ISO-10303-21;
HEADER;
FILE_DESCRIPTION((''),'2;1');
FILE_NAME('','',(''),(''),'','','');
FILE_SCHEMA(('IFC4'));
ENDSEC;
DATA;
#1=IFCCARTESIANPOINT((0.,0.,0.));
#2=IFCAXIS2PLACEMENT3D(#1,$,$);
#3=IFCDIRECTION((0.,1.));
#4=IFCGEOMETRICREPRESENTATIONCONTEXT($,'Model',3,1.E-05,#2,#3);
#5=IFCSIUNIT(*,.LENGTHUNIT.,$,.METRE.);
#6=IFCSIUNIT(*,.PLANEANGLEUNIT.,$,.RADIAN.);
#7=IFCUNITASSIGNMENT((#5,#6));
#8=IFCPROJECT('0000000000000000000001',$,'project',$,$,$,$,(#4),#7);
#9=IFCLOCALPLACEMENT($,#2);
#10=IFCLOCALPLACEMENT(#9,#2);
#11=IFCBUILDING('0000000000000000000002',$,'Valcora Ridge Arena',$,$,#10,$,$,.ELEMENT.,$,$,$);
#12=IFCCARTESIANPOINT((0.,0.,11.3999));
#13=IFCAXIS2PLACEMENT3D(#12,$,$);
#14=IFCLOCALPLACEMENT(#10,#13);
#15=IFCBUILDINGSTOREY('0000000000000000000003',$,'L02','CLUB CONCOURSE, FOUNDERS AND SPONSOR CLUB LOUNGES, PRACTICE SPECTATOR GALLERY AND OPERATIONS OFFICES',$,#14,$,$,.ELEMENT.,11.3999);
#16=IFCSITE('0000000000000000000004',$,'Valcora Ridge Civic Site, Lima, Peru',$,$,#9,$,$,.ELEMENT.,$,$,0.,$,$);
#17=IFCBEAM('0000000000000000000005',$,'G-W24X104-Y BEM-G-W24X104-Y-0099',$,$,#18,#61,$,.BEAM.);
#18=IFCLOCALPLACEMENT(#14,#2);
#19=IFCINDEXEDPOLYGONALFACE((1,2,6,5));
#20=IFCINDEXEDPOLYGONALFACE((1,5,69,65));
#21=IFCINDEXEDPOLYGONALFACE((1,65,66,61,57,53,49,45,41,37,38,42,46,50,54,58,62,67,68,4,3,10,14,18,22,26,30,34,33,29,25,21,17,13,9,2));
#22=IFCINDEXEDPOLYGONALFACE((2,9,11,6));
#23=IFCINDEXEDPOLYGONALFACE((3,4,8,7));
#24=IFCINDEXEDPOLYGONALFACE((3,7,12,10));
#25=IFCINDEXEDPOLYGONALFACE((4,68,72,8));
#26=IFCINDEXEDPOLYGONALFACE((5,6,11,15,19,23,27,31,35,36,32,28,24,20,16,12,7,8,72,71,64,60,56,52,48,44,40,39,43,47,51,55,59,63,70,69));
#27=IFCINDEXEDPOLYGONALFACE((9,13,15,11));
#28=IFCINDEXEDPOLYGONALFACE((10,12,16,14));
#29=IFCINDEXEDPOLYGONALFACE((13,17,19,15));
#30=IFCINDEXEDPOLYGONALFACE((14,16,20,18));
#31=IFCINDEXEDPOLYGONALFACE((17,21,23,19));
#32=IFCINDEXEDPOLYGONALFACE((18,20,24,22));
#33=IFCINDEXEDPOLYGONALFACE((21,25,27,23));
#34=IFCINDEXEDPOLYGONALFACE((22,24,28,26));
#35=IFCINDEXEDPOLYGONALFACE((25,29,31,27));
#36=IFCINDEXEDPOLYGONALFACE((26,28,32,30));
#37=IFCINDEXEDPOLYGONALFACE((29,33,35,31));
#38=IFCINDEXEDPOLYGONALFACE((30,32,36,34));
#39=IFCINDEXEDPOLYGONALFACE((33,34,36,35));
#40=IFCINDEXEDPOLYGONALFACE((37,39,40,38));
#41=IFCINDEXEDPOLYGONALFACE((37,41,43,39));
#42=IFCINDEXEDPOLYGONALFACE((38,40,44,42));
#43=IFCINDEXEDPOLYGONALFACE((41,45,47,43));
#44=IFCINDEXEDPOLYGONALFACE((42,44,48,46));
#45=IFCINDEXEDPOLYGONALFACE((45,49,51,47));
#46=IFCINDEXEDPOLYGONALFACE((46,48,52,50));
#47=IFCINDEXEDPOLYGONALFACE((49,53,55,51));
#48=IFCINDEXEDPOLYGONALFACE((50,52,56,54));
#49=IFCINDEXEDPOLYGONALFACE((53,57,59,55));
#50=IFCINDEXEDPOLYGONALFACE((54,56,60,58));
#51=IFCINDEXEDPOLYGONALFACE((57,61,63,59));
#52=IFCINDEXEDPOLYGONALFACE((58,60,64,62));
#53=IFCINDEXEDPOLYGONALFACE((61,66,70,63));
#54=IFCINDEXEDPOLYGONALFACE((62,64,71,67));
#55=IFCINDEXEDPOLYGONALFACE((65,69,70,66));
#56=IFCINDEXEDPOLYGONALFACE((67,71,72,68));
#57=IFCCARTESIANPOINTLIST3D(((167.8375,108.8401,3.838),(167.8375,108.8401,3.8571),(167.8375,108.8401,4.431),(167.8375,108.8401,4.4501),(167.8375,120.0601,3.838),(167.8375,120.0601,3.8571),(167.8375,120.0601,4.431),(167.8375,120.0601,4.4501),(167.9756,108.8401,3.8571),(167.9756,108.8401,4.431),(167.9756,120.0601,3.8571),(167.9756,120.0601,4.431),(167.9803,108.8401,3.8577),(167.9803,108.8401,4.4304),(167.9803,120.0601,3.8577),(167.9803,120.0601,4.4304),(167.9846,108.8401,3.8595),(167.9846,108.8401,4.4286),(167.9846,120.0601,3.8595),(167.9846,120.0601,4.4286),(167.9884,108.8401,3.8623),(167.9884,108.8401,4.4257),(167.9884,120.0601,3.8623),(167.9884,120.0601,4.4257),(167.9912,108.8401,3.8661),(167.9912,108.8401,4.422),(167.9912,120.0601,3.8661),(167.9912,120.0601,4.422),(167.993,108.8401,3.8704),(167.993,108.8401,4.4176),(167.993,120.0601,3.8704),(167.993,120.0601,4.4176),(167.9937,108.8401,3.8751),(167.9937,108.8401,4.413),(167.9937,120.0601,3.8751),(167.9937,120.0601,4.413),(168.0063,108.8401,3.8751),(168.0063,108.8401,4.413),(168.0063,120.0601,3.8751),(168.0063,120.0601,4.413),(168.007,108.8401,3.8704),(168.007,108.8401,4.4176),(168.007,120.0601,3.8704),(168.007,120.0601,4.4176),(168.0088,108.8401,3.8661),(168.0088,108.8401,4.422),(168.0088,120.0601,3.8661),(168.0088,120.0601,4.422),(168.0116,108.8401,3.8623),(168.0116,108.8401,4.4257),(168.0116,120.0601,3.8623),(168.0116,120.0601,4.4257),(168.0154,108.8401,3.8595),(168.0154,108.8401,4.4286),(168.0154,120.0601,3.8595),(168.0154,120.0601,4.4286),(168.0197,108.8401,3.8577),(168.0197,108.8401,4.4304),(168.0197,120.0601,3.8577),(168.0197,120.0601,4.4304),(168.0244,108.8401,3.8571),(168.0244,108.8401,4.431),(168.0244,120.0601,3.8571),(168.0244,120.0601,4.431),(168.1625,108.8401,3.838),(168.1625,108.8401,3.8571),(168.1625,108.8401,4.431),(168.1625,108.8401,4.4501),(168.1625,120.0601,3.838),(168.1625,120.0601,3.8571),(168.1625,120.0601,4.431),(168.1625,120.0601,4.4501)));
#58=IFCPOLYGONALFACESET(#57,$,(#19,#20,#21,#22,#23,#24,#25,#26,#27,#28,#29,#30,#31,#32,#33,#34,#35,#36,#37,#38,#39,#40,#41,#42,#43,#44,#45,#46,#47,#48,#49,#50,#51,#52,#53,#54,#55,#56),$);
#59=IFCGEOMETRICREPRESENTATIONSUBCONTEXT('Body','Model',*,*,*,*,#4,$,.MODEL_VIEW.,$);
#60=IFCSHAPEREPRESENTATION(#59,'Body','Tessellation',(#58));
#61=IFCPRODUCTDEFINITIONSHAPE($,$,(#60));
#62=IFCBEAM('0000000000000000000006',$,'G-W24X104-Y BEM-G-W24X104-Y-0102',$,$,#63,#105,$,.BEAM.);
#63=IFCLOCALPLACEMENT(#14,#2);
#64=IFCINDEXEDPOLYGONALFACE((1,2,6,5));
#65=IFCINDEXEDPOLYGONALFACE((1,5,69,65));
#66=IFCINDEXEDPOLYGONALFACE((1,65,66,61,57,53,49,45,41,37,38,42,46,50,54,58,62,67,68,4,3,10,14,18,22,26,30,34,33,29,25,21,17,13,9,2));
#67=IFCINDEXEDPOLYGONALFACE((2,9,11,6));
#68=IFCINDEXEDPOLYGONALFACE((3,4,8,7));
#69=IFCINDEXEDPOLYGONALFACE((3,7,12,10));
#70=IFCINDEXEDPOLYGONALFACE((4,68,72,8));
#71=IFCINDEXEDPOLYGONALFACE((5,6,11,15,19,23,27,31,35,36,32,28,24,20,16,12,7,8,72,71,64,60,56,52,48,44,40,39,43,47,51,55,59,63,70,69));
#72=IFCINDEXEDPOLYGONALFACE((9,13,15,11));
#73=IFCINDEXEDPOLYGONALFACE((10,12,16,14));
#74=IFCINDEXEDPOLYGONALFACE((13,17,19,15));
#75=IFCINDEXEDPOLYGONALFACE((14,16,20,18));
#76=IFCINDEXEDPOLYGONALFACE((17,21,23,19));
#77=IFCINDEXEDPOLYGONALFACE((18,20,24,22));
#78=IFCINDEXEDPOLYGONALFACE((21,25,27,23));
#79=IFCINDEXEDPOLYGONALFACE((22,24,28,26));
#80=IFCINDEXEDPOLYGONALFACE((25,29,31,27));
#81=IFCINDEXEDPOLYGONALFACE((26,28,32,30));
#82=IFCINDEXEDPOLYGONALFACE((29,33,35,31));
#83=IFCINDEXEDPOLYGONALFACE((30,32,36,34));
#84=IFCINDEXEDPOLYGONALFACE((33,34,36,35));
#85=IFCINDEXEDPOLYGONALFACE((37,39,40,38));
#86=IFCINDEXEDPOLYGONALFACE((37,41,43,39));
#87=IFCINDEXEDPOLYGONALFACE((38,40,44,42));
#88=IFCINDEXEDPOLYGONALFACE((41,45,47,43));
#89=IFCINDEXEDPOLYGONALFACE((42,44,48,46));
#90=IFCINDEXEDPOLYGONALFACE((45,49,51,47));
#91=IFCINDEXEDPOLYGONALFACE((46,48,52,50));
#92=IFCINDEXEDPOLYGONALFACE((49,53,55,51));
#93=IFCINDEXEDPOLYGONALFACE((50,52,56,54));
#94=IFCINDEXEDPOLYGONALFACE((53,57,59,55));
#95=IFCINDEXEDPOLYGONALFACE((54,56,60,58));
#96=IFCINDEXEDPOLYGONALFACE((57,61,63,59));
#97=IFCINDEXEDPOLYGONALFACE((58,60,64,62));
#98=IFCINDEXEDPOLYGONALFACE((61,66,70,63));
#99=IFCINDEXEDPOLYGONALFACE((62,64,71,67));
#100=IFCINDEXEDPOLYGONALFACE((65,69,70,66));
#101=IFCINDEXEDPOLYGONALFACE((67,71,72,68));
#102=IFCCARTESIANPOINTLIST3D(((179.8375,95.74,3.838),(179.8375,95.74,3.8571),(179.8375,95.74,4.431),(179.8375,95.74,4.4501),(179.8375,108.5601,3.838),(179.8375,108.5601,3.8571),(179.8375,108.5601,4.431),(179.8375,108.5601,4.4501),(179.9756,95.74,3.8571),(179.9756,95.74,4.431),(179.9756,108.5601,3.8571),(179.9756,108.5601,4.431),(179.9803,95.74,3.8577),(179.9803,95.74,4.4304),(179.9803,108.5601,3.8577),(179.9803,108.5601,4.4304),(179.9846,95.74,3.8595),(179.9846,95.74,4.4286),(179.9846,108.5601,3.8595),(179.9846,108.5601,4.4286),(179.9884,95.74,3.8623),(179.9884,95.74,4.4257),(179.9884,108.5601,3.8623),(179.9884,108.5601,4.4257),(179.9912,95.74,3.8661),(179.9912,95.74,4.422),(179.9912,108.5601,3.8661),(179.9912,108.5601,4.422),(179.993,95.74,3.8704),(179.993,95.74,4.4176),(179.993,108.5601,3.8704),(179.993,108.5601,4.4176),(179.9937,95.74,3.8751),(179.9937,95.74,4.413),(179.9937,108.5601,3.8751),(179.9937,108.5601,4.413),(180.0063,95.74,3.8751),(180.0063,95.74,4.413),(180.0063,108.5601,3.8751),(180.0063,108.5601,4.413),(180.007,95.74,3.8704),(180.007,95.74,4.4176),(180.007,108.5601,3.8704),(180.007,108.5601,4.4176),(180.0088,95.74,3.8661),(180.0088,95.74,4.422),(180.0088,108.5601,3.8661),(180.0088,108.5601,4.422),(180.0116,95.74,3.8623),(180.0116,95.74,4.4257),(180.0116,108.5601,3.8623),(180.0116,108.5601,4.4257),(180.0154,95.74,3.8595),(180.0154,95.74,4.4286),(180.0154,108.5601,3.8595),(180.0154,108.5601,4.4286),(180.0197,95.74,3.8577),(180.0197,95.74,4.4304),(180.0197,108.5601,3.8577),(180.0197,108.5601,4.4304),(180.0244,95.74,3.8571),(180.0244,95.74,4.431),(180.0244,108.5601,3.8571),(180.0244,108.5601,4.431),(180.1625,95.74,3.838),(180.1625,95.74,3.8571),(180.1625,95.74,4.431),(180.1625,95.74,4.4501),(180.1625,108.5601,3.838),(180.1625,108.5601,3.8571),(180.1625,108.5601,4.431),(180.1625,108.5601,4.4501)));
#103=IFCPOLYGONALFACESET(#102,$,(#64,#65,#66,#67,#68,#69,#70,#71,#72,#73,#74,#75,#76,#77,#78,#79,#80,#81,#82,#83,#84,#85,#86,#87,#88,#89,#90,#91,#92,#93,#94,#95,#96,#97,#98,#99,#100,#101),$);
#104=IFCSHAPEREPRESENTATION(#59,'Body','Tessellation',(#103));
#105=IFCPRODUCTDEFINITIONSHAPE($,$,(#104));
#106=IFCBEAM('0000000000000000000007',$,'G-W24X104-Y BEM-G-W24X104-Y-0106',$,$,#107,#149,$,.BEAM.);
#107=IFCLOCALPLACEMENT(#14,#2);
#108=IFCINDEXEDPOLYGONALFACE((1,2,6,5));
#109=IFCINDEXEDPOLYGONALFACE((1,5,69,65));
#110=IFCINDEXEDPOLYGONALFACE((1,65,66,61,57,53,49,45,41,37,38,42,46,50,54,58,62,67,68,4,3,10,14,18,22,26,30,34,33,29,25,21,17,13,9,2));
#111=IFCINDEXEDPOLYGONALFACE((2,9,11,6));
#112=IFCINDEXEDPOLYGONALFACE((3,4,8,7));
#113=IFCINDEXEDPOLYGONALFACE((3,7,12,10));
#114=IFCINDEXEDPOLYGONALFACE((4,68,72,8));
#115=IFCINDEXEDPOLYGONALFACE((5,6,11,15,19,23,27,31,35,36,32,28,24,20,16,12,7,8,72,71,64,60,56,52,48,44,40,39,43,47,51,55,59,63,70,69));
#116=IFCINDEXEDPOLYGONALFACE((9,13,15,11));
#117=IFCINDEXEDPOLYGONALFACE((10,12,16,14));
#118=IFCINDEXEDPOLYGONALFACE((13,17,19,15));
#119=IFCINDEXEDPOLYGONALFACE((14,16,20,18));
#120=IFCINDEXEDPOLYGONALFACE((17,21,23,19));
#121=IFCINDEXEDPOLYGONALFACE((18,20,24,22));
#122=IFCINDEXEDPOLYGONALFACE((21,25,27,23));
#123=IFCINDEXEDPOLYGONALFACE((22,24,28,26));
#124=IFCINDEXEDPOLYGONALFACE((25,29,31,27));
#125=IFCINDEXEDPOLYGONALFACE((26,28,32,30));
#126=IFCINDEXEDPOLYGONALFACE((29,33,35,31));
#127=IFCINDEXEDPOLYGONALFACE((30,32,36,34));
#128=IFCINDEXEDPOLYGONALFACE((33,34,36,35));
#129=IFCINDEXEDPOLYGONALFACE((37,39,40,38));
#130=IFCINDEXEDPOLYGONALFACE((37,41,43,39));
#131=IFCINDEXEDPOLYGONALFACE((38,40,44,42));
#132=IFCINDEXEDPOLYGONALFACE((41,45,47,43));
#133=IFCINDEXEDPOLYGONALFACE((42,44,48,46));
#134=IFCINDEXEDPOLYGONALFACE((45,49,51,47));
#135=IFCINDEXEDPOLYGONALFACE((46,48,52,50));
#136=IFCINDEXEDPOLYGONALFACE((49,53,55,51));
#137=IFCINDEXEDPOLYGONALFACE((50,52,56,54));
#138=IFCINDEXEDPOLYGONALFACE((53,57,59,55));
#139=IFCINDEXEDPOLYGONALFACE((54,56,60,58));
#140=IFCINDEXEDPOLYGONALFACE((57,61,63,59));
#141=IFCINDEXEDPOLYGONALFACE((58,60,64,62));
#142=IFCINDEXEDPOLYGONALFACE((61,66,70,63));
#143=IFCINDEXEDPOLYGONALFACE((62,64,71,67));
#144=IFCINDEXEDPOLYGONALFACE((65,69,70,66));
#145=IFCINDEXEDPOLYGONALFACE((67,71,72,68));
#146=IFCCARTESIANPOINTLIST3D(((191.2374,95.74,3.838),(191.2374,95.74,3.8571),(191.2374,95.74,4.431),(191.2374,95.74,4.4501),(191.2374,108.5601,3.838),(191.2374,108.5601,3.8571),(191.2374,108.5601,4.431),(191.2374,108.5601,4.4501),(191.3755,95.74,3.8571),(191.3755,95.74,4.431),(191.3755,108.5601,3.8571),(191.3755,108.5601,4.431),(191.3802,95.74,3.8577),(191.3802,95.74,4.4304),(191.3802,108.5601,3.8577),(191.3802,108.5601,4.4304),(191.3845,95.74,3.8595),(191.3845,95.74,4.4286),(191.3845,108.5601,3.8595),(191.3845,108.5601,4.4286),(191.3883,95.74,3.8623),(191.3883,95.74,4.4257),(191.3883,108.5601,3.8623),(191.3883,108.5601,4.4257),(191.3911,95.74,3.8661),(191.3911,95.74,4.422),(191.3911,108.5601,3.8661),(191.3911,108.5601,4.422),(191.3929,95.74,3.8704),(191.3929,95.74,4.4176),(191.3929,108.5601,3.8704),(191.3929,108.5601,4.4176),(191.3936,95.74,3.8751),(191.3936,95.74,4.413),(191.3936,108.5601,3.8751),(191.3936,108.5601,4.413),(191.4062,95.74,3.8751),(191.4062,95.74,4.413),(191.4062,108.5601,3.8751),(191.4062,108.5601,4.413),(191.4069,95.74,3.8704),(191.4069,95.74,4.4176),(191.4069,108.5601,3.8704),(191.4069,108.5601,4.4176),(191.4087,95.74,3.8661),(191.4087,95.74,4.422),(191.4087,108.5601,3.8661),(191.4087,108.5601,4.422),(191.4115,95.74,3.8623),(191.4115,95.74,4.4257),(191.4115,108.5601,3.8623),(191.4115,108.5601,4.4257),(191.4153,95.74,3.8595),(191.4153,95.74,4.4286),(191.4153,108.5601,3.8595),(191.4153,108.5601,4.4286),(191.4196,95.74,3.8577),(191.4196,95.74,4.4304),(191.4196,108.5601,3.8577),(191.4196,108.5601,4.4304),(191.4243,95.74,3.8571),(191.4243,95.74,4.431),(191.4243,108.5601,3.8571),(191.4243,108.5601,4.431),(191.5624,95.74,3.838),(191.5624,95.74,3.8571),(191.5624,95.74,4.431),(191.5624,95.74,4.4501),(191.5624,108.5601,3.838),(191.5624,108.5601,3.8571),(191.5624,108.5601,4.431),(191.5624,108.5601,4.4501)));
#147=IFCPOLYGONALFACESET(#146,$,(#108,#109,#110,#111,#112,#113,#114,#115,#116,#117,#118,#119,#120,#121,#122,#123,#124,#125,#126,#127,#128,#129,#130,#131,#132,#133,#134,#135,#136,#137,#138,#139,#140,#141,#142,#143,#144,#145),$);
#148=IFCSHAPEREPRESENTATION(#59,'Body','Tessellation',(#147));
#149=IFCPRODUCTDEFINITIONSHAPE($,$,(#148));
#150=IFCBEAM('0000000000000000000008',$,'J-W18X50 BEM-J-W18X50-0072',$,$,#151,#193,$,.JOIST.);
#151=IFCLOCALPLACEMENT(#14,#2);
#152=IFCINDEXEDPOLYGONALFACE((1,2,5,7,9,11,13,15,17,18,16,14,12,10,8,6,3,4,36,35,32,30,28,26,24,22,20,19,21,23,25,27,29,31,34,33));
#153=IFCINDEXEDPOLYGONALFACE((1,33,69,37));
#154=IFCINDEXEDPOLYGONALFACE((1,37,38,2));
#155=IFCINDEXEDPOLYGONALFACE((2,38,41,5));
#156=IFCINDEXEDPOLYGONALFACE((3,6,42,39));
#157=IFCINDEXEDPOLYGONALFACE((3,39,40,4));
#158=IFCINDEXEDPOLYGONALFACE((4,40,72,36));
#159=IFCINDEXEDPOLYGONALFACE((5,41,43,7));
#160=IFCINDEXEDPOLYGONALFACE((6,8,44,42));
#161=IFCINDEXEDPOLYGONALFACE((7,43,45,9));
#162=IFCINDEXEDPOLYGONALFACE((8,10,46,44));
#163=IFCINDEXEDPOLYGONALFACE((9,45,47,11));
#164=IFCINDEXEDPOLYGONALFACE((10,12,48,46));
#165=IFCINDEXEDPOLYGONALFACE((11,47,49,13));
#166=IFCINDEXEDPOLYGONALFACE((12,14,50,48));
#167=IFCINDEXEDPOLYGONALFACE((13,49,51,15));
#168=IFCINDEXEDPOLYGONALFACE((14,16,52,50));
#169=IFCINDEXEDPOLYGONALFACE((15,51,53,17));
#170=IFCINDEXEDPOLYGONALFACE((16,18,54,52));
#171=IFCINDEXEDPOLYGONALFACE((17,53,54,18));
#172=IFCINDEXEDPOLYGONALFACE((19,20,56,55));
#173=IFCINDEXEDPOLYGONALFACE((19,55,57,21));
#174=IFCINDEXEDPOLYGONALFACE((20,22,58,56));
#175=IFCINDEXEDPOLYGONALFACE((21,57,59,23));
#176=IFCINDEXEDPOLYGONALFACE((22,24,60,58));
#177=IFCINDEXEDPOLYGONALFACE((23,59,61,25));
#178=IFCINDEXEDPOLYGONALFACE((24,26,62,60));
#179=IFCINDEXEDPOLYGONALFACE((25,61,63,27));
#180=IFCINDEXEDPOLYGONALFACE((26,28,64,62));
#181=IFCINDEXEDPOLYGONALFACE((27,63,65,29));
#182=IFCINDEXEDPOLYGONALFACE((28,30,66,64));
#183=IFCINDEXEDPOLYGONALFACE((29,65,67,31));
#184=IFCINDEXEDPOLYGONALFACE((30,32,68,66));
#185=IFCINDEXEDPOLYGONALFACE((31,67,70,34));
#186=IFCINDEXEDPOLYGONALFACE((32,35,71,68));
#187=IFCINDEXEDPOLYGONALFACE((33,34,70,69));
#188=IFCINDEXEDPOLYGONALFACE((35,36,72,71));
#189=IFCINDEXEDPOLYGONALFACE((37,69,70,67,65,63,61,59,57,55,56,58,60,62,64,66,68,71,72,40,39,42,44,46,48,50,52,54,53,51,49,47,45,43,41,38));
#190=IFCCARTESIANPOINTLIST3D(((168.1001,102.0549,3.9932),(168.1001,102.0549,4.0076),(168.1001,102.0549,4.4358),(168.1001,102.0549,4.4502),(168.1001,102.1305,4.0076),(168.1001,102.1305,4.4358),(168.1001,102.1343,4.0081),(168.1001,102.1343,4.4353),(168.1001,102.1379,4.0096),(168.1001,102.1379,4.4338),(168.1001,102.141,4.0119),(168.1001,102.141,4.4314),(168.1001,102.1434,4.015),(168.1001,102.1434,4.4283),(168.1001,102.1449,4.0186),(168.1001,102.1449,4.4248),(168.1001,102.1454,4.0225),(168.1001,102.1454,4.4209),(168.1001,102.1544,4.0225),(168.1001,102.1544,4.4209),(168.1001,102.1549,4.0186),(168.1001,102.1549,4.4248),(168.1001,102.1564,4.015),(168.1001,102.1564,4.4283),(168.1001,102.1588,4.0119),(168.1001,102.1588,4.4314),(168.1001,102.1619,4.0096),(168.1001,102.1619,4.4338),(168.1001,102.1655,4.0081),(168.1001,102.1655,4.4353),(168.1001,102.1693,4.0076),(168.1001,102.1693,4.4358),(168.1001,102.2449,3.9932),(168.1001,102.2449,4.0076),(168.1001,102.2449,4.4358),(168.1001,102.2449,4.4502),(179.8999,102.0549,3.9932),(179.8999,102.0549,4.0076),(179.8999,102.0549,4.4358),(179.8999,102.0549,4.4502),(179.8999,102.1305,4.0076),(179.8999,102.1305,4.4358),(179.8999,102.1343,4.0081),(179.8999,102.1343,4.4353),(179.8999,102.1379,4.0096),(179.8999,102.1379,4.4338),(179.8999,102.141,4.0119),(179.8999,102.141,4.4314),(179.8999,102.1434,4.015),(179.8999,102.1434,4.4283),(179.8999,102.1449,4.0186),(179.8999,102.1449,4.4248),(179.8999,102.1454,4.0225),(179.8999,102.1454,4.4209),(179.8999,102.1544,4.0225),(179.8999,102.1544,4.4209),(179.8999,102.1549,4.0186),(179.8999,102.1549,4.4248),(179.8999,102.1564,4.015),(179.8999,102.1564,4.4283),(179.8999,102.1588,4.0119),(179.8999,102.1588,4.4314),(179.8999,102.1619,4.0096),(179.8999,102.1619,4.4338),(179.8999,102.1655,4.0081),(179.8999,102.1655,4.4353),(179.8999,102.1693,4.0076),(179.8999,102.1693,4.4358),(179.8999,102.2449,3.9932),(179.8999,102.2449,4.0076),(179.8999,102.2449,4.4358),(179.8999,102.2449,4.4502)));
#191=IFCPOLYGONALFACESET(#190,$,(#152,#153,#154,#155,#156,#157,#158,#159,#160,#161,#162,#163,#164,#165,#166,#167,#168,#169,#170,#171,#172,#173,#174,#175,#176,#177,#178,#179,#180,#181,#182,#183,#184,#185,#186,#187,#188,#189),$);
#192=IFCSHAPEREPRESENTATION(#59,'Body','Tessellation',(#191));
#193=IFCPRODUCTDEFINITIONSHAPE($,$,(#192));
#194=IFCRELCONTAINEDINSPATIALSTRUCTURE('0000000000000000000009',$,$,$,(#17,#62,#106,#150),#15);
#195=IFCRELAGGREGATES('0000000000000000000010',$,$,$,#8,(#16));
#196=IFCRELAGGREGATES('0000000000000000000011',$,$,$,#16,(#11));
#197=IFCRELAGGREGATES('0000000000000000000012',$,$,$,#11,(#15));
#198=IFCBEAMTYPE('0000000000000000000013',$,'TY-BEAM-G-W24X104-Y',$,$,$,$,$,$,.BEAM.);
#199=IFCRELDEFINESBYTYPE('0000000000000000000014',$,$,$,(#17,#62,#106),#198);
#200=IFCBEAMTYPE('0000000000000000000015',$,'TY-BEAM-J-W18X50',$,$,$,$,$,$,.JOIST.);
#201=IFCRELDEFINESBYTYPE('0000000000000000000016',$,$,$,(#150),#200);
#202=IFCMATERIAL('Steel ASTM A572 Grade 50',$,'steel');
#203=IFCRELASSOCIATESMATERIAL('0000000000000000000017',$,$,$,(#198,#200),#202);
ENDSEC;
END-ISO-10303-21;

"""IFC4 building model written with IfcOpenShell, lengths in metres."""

from ifc_helpers import new_model, si_unit, direction, frame, origin, origin_2d, place, context, subcontext, project, spatial, i_section, extrude, material, material_profile, profile_set, type_object, element, save


model = new_model("IFC4")

# Units and contexts
model_context = context("Model", 3, precision=1e-05, world=origin(), true_north=direction((0.0, 1.0)))
body_context = subcontext(model_context, "Body", "Model", "MODEL_VIEW")
ifc_project = project(units=[si_unit("LENGTHUNIT", "METRE"), si_unit("PLANEANGLEUNIT", "RADIAN")], contexts=[model_context])

# Site, building, storey
site_placement = place(None, origin())
site = spatial("IfcSite", under=ifc_project, at=site_placement, Name="Valcora Ridge Civic Site, Lima, Peru", CompositionType="ELEMENT", RefElevation=0.0)
building_placement = place(site_placement, origin())
building = spatial("IfcBuilding", under=site, at=building_placement, Name="Valcora Ridge Arena", CompositionType="ELEMENT")
storey_placement = place(building_placement, frame((0.0, 0.0, 11.3999)))
storey = spatial("IfcBuildingStorey", under=building, at=storey_placement, Name="L02", Description="CLUB CONCOURSE, FOUNDERS AND SPONSOR CLUB LOUNGES, PRACTICE SPECTATOR GALLERY AND OPERATIONS OFFICES", CompositionType="ELEMENT", Elevation=11.3999)

# Beams
ifc_material_1 = material(Name="Steel ASTM A572 Grade 50", Category="steel")
ifc_material_profile_1 = material_profile(ifc_material_1, i_section(OverallWidth=0.325, OverallDepth=0.6121, WebThickness=0.0127, FlangeThickness=0.019, FilletRadius=0.0181, at=origin_2d()), Name="W24X104")
ifc_profile_set_1 = profile_set([ifc_material_profile_1], Name="Steel ASTM A572 Grade 50")
beam_type_1 = type_object("IfcBeamType", Name="TY-BEAM-G-W24X104-Y", PredefinedType="BEAM", material=ifc_profile_set_1)
beam_1_placement = place(storey_placement, frame((168.0, 108.8401, 4.144), z_axis=(0.0, 1.0, 0.0), x_axis=(-1.0, 0.0, 0.0)))
element("IfcBeam", 1, at=beam_1_placement, inside=storey, type_object=beam_type_1, Name="G-W24X104-Y BEM-G-W24X104-Y-0099", PredefinedType="BEAM", context=body_context, shape_type="SweptSolid", body=[
    extrude(i_section(OverallWidth=0.325, OverallDepth=0.6121, WebThickness=0.0127, FlangeThickness=0.019, FilletRadius=0.0181, at=origin_2d()), origin(), (0.0, 0.0, 1.0), 11.22),
])
for number, where, z_axis, x_axis, name in (
    (2, (180.0, 95.74, 4.144), (0.0, 1.0, 0.0), (-1.0, 0.0, 0.0), "G-W24X104-Y BEM-G-W24X104-Y-0102"),
    (3, (191.3999, 95.74, 4.144), (0.0, 1.0, 0.0), (-1.0, 0.0, 0.0), "G-W24X104-Y BEM-G-W24X104-Y-0106"),
):
    element("IfcBeam", number, at=place(storey_placement, frame(where, z_axis=z_axis, x_axis=x_axis)), inside=storey, type_object=beam_type_1, Name=name, PredefinedType="BEAM", context=body_context, shape_type="SweptSolid", body=[
        extrude(i_section(OverallWidth=0.325, OverallDepth=0.6121, WebThickness=0.0127, FlangeThickness=0.019, FilletRadius=0.0181, at=origin_2d()), origin(), (0.0, 0.0, 1.0), 12.8201),
    ])
ifc_material_profile_2 = material_profile(ifc_material_1, i_section(OverallWidth=0.1899, OverallDepth=0.457, WebThickness=0.009, FlangeThickness=0.0144, FilletRadius=0.0149, at=origin_2d()), Name="W18X50")
ifc_profile_set_2 = profile_set([ifc_material_profile_2], Name="Steel ASTM A572 Grade 50")
beam_type_2 = type_object("IfcBeamType", Name="TY-BEAM-J-W18X50", PredefinedType="JOIST", material=ifc_profile_set_2)
beam_2_placement = place(storey_placement, frame((168.1001, 102.1499, 4.2217), z_axis=(1.0, 0.0, 0.0), x_axis=(0.0, 1.0, 0.0)))
element("IfcBeam", 4, at=beam_2_placement, inside=storey, type_object=beam_type_2, Name="J-W18X50 BEM-J-W18X50-0072", PredefinedType="JOIST", context=body_context, shape_type="SweptSolid", body=[
    extrude(i_section(OverallWidth=0.1899, OverallDepth=0.457, WebThickness=0.009, FlangeThickness=0.0144, FilletRadius=0.0149, at=origin_2d()), origin(), (0.0, 0.0, 1.0), 11.7998),
])

save(model, "model.ifc")
